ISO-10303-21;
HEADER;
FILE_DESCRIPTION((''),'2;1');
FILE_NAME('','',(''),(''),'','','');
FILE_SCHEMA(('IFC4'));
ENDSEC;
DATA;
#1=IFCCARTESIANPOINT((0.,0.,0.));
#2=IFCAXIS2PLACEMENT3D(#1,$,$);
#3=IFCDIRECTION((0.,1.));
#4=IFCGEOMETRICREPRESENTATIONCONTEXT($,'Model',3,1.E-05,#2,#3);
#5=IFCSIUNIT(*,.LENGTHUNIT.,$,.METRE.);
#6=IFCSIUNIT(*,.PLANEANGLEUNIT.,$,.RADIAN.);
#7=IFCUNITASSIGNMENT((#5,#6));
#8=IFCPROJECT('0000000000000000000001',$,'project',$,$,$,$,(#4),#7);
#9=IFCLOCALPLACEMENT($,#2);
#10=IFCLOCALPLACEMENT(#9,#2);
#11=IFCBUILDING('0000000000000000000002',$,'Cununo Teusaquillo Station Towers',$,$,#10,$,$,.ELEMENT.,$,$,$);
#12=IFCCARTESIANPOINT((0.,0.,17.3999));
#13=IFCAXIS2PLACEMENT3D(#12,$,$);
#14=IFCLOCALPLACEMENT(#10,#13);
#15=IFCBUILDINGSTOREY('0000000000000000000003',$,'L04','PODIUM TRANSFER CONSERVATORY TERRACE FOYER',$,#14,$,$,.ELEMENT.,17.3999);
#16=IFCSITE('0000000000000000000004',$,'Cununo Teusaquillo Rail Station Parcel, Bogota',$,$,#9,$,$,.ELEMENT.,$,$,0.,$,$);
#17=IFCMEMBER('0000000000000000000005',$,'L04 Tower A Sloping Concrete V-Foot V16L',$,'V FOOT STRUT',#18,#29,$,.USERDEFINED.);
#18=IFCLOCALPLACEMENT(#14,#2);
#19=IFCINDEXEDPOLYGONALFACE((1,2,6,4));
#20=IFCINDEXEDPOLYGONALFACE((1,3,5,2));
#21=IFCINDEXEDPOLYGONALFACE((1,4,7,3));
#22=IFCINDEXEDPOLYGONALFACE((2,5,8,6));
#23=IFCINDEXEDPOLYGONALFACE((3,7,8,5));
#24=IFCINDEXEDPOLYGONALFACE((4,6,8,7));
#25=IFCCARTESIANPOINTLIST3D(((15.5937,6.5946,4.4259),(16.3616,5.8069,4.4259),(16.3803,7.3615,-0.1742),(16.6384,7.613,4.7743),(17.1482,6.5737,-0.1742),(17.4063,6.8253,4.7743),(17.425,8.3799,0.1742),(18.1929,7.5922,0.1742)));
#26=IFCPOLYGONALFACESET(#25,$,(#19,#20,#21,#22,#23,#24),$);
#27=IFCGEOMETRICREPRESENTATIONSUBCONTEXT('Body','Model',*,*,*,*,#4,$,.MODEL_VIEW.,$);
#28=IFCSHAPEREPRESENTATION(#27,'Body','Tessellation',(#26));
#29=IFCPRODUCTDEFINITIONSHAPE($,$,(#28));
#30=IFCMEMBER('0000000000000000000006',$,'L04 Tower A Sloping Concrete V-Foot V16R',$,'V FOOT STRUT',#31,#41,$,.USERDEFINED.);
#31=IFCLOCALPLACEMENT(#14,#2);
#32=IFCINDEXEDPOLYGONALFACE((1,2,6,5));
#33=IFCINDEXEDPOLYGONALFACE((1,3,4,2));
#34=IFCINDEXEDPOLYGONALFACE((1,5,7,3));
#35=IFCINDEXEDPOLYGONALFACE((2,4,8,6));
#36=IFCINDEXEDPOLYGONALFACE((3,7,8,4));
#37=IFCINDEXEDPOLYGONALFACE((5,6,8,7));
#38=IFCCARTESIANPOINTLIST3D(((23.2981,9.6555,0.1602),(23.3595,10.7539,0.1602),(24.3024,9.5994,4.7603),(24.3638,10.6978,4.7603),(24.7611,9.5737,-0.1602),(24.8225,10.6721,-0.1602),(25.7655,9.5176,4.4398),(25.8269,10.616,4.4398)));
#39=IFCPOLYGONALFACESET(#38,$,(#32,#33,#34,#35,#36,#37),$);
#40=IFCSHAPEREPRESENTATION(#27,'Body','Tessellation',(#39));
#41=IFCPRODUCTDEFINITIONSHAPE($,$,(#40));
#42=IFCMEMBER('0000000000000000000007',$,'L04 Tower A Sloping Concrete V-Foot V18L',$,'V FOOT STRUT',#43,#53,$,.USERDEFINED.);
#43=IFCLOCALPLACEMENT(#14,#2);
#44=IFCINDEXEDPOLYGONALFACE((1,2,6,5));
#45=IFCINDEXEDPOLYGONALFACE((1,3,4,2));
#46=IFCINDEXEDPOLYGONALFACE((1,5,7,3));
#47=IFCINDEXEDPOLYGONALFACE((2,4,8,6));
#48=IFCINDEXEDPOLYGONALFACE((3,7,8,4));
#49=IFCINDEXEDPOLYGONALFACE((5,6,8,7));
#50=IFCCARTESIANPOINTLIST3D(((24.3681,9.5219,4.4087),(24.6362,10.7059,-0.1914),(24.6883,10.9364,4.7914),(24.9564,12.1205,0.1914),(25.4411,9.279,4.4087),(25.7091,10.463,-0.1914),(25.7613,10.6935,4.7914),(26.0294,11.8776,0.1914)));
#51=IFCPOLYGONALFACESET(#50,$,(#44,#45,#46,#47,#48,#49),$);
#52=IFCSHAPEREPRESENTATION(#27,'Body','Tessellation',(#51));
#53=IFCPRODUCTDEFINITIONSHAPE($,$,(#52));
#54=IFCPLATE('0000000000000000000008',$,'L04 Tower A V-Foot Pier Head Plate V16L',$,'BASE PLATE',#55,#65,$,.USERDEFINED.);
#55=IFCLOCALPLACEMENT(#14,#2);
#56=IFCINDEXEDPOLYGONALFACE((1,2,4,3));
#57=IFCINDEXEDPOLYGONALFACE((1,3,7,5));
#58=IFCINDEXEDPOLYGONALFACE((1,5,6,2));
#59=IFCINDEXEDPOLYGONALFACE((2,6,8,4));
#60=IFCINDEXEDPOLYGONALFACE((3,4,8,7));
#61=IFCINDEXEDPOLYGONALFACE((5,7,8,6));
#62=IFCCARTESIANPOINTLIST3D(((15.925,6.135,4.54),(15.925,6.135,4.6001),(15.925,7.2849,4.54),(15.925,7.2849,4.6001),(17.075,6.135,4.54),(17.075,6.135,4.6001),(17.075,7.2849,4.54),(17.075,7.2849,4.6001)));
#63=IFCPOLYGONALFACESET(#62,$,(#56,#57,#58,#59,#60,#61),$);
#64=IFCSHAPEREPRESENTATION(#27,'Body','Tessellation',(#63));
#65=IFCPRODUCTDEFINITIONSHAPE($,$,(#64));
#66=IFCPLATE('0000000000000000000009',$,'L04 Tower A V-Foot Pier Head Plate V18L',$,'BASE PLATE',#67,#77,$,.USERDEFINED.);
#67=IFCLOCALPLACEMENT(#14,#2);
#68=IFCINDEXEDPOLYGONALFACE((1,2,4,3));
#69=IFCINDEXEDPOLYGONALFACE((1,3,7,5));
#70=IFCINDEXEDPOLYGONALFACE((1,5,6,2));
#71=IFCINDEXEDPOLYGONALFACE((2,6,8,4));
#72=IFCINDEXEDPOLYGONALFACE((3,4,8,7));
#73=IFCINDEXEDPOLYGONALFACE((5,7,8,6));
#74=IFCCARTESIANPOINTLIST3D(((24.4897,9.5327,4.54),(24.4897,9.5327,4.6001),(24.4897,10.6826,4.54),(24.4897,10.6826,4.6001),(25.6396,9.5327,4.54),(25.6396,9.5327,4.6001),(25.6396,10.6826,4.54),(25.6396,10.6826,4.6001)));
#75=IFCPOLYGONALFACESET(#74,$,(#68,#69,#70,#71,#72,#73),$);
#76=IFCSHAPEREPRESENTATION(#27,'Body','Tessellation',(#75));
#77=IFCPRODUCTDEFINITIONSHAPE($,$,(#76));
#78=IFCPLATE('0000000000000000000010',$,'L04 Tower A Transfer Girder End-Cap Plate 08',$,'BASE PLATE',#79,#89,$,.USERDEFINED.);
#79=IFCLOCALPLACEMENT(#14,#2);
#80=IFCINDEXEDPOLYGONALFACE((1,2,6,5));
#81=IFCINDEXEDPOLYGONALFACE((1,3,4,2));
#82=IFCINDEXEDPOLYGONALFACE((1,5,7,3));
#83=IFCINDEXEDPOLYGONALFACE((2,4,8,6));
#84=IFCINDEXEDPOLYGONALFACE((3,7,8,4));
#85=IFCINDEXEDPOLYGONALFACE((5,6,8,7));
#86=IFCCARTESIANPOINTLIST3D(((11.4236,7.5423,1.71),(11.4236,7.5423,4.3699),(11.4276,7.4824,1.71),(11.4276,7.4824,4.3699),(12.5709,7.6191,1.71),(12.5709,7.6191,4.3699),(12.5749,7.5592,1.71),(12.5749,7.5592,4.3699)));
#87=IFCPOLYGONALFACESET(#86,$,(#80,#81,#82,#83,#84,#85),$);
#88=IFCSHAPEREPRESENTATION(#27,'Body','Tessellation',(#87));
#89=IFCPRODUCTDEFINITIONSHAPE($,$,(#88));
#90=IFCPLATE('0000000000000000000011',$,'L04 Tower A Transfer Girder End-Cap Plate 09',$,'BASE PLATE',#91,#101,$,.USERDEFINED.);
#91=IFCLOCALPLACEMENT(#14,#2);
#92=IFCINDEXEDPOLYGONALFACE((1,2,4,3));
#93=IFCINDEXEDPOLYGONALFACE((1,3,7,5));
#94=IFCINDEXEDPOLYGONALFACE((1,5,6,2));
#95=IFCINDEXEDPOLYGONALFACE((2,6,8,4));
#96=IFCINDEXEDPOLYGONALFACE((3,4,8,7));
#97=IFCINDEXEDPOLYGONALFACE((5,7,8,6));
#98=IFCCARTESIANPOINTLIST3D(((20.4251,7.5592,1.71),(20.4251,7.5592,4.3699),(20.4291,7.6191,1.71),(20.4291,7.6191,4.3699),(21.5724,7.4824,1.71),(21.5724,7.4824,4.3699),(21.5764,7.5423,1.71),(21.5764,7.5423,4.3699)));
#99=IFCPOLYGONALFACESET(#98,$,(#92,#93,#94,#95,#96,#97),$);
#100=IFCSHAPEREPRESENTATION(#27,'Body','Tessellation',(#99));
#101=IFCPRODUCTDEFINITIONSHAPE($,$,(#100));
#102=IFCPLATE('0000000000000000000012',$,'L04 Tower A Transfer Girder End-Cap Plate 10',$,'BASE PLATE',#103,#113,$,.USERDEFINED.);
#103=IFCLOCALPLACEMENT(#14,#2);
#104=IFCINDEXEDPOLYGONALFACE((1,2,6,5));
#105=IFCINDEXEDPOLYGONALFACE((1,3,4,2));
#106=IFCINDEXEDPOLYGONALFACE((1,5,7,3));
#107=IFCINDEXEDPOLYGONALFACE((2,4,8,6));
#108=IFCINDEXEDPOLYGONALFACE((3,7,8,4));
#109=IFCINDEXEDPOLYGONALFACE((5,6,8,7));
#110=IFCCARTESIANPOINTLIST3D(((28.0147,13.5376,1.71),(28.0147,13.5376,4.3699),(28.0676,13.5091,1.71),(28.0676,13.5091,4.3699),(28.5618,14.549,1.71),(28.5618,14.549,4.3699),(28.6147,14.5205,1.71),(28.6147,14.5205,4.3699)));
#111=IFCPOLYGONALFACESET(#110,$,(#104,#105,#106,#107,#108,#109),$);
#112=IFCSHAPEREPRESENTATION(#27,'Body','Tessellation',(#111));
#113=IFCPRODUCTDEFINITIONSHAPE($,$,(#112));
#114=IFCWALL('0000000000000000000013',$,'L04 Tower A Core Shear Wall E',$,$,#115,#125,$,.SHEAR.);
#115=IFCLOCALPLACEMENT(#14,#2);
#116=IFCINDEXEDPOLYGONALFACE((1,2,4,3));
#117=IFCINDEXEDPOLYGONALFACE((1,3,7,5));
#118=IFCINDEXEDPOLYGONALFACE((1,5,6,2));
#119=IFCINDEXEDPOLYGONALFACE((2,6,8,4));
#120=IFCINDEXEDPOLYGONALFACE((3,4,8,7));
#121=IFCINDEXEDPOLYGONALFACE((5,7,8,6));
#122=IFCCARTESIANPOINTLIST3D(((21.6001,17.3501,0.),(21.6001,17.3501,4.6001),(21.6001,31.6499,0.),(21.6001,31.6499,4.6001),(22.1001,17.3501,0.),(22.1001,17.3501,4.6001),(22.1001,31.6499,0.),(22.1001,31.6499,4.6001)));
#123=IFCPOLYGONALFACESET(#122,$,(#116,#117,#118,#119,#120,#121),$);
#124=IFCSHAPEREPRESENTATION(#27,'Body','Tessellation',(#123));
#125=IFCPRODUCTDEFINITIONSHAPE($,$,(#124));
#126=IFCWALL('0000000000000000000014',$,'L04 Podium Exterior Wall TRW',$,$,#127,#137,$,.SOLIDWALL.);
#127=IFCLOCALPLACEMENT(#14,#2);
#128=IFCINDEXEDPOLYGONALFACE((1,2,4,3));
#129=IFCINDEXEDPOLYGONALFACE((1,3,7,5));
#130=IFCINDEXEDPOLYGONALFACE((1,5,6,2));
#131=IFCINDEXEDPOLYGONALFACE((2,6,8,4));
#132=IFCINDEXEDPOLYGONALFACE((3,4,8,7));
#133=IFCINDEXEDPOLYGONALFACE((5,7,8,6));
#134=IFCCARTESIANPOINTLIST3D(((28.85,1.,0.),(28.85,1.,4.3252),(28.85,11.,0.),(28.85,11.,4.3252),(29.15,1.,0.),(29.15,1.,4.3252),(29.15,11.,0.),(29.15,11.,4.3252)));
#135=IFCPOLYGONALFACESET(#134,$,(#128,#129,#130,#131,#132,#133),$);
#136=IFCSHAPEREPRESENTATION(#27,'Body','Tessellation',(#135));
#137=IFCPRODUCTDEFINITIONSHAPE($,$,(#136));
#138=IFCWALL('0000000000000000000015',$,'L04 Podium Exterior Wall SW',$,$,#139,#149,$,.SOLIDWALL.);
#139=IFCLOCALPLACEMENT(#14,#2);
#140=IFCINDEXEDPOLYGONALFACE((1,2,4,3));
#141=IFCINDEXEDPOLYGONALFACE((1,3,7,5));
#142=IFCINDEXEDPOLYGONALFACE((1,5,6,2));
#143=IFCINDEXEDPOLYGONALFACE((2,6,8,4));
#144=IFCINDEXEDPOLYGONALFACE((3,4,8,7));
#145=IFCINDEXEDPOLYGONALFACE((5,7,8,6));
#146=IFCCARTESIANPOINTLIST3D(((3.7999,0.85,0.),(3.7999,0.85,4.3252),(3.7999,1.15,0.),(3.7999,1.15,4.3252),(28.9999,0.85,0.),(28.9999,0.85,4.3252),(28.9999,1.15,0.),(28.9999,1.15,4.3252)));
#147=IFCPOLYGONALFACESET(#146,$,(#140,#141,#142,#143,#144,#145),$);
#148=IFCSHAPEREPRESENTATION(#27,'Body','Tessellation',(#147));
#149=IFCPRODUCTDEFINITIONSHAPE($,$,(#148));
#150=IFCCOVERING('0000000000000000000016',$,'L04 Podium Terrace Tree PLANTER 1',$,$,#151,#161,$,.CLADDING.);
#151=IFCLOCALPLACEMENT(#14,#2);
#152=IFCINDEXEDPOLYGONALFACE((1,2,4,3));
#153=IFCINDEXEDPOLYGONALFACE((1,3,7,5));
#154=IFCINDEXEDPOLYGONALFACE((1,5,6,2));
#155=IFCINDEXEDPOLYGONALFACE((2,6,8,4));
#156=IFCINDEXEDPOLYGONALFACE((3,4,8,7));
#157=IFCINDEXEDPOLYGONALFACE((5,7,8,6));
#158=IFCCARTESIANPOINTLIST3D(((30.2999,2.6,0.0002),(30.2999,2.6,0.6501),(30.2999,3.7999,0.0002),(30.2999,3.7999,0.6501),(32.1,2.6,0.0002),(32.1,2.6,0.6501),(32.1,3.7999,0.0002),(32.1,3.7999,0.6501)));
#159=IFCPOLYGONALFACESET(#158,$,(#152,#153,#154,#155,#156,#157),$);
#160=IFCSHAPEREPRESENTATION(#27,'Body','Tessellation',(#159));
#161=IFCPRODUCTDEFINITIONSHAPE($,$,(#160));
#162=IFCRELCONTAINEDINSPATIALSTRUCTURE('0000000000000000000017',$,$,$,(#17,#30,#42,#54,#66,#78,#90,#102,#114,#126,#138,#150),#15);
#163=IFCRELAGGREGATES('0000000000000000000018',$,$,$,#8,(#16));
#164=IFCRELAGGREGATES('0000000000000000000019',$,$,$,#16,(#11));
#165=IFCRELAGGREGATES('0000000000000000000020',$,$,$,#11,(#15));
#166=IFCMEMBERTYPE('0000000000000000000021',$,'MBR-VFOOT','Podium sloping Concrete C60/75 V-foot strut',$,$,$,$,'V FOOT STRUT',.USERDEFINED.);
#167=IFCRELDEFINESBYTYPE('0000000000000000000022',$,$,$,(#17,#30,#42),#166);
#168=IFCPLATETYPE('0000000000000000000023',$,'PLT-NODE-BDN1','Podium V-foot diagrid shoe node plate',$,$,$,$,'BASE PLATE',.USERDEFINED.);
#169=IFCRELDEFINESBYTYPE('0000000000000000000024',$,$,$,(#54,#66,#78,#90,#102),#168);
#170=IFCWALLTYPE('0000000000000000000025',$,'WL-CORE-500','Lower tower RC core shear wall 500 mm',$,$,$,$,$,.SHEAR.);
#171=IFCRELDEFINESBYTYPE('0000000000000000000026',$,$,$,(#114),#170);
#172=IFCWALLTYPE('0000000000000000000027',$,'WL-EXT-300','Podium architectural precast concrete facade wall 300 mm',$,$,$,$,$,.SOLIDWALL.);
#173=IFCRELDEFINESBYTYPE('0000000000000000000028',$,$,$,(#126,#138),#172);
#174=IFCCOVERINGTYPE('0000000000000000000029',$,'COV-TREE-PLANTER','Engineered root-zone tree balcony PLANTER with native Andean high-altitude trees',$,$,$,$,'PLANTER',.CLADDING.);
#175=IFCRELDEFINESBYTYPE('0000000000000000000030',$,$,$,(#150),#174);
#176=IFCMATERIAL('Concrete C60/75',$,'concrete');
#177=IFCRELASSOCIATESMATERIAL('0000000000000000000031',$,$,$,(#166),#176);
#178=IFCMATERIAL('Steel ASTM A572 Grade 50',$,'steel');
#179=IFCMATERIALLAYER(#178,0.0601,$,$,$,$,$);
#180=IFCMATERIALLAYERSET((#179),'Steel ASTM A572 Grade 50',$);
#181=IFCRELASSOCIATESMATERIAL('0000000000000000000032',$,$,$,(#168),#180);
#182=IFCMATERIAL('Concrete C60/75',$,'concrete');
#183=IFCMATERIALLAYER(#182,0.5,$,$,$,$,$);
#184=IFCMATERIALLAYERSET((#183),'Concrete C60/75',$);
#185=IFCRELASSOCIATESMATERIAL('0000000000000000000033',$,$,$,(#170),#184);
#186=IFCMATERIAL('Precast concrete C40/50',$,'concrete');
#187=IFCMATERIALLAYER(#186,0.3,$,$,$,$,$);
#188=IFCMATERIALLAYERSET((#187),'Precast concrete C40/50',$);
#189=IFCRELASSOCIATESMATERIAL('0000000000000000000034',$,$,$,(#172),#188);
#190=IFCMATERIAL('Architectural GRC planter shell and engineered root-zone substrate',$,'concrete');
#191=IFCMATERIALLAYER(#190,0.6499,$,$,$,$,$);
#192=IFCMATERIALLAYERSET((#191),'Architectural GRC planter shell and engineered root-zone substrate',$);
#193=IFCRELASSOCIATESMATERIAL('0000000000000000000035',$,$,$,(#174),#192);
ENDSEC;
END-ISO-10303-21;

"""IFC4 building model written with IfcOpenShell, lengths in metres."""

from ifc_helpers import new_model, si_unit, direction, frame, frame_2d, origin, origin_2d, place, context, subcontext, project, spatial, rectangle, extrude, source, transform, mapped, material, layer, layer_set, material_profile, profile_set, type_object, element, save


model = new_model("IFC4")

# Units and contexts
model_context = context("Model", 3, precision=1e-05, world=origin(), true_north=direction((0.0, 1.0)))
body_context = subcontext(model_context, "Body", "Model", "MODEL_VIEW")
ifc_project = project(units=[si_unit("LENGTHUNIT", "METRE"), si_unit("PLANEANGLEUNIT", "RADIAN")], contexts=[model_context])

# Site, building, storey
site_placement = place(None, origin())
site = spatial("IfcSite", under=ifc_project, at=site_placement, Name="Cununo Teusaquillo Rail Station Parcel, Bogota", CompositionType="ELEMENT", RefElevation=0.0)
building_placement = place(site_placement, origin())
building = spatial("IfcBuilding", under=site, at=building_placement, Name="Cununo Teusaquillo Station Towers", CompositionType="ELEMENT")
storey_placement = place(building_placement, frame((0.0, 0.0, 17.3999)))
storey = spatial("IfcBuildingStorey", under=building, at=storey_placement, Name="L04", Description="PODIUM TRANSFER CONSERVATORY TERRACE FOYER", CompositionType="ELEMENT", Elevation=17.3999)

# Members
ifc_material_1 = material(Name="Concrete C60/75", Category="concrete")
ifc_material_profile_1 = material_profile(ifc_material_1, rectangle(XDim=1.1001, YDim=1.5, at=origin_2d()), Name="RC-RECT-1500x1100")
ifc_profile_set_1 = profile_set([ifc_material_profile_1], Name="Concrete C60/75")
member_type = type_object("IfcMemberType", Name="MBR-VFOOT", Description="Podium sloping Concrete C60/75 V-foot strut", ElementType="V FOOT STRUT", PredefinedType="USERDEFINED", material=ifc_profile_set_1)
member_1_placement = place(storey_placement, frame((17.2866, 7.4768, 0.0), z_axis=(-0.166324, -0.162143, 0.972649), x_axis=(0.698049, -0.71605, 0.0)))
element("IfcMember", 1, at=member_1_placement, inside=storey, type_object=member_type, Name="L04 Tower A Sloping Concrete V-Foot V16L", ObjectType="V FOOT STRUT", PredefinedType="USERDEFINED", context=body_context, shape_type="SweptSolid", body=[
    extrude(rectangle(XDim=1.1001, YDim=1.5, at=origin_2d()), origin(), (0.0, 0.0, 1.0), 4.7295),
])
member_2_placement = place(storey_placement, frame((24.0603, 10.1638, 0.0), z_axis=(0.213301, -0.011925, 0.976914), x_axis=(0.055819, 0.998441, 0.0)))
element("IfcMember", 2, at=member_2_placement, inside=storey, type_object=member_type, Name="L04 Tower A Sloping Concrete V-Foot V16R", ObjectType="V FOOT STRUT", PredefinedType="USERDEFINED", context=body_context, shape_type="SweptSolid", body=[
    extrude(rectangle(XDim=1.1001, YDim=1.5, at=origin_2d()), origin(), (0.0, 0.0, 1.0), 4.7087),
])
member_3_placement = place(storey_placement, frame((25.3328, 11.2917, 0.0), z_axis=(-0.056345, -0.248882, 0.966894), x_axis=(0.975318, -0.220804, 0.0)))
element("IfcMember", 3, at=member_3_placement, inside=storey, type_object=member_type, Name="L04 Tower A Sloping Concrete V-Foot V18L", ObjectType="V FOOT STRUT", PredefinedType="USERDEFINED", context=body_context, shape_type="SweptSolid", body=[
    extrude(rectangle(XDim=1.1001, YDim=1.5, at=origin_2d()), origin(), (0.0, 0.0, 1.0), 4.7576),
])

# Plates
ifc_material_2 = material(Name="Steel ASTM A572 Grade 50", Category="steel")
ifc_layer_1 = layer(ifc_material_2, 0.0601)
ifc_layer_set_1 = layer_set([ifc_layer_1], Name="Steel ASTM A572 Grade 50")
plate_type = type_object("IfcPlateType", Name="PLT-NODE-BDN1", Description="Podium V-foot diagrid shoe node plate", ElementType="BASE PLATE", PredefinedType="USERDEFINED", material=ifc_layer_set_1)
shared_shape_1 = source(origin(), body_context, "Body", "SweptSolid", [
    extrude(rectangle(XDim=1.1499, YDim=1.1499, at=origin_2d()), origin(), (0.0, 0.0, 1.0), 0.0601),
])
for number, where, z_axis, x_axis, name in (
    (4, (16.5, 6.71, 4.54), (0.0, 0.0, 1.0), (1.0, 0.0, 0.0), "L04 Tower A V-Foot Pier Head Plate V16L"),
    (5, (25.0647, 10.1077, 4.54), (0.0, 0.0, 1.0), (1.0, 0.0, 0.0), "L04 Tower A V-Foot Pier Head Plate V18L"),
):
    element("IfcPlate", number, at=place(storey_placement, frame(where, z_axis=z_axis, x_axis=x_axis)), inside=storey, type_object=plate_type, Name=name, ObjectType="BASE PLATE", PredefinedType="USERDEFINED", context=body_context, shape_type="MappedRepresentation", body=[
        mapped(shared_shape_1, transform((0.0, 0.0, 0.0), x_axis=(1.0, 0.0, 0.0), y_axis=(0.0, 1.0, 0.0), z_axis=(0.0, 0.0, 1.0), scale=1.0)),
    ])
shared_shape_2 = source(origin(), body_context, "Body", "SweptSolid", [
    extrude(rectangle(XDim=0.0601, YDim=1.1499, at=origin_2d()), origin(), (0.0, 0.0, 1.0), 2.6599),
])
for number, where, z_axis, x_axis, name in (
    (6, (11.9993, 7.5508, 1.71), (0.0, 0.0, 1.0), (0.066796, -0.997767, 0.0), "L04 Tower A Transfer Girder End-Cap Plate 08"),
    (7, (21.0007, 7.5508, 1.71), (0.0, 0.0, 1.0), (-0.066796, -0.997767, 0.0), "L04 Tower A Transfer Girder End-Cap Plate 09"),
    (8, (28.3147, 14.0291, 1.71), (0.0, 0.0, 1.0), (0.879566, -0.475778, 0.0), "L04 Tower A Transfer Girder End-Cap Plate 10"),
):
    element("IfcPlate", number, at=place(storey_placement, frame(where, z_axis=z_axis, x_axis=x_axis)), inside=storey, type_object=plate_type, Name=name, ObjectType="BASE PLATE", PredefinedType="USERDEFINED", context=body_context, shape_type="MappedRepresentation", body=[
        mapped(shared_shape_2, transform((0.0, 0.0, 0.0), x_axis=(1.0, 0.0, 0.0), y_axis=(0.0, 1.0, 0.0), z_axis=(0.0, 0.0, 1.0), scale=1.0)),
    ])

# Walls
ifc_material_3 = material(Name="Concrete C60/75", Category="concrete")
ifc_layer_2 = layer(ifc_material_3, 0.5)
ifc_layer_set_2 = layer_set([ifc_layer_2], Name="Concrete C60/75")
wall_type_1 = type_object("IfcWallType", Name="WL-CORE-500", Description="Lower tower RC core shear wall 500 mm", PredefinedType="SHEAR", material=ifc_layer_set_2)
wall_1_placement = place(storey_placement, frame((21.8501, 17.3501, 0.0), z_axis=(0.0, 0.0, 1.0), x_axis=(0.0, 1.0, 0.0)))
element("IfcWall", 9, at=wall_1_placement, inside=storey, type_object=wall_type_1, Name="L04 Tower A Core Shear Wall E", PredefinedType="SHEAR", context=body_context, shape_type="SweptSolid", body=[
    extrude(rectangle(XDim=14.2998, YDim=0.5, at=frame_2d((7.1499, 0.0))), origin(), (0.0, 0.0, 1.0), 4.6001),
])
ifc_material_4 = material(Name="Precast concrete C40/50", Category="concrete")
ifc_layer_3 = layer(ifc_material_4, 0.3)
ifc_layer_set_3 = layer_set([ifc_layer_3], Name="Precast concrete C40/50")
wall_type_2 = type_object("IfcWallType", Name="WL-EXT-300", Description="Podium architectural precast concrete facade wall 300 mm", PredefinedType="SOLIDWALL", material=ifc_layer_set_3)
wall_2_placement = place(storey_placement, frame((29.0, 11.0, 0.0), z_axis=(0.0, 0.0, 1.0), x_axis=(0.0, -1.0, 0.0)))
element("IfcWall", 10, at=wall_2_placement, inside=storey, type_object=wall_type_2, Name="L04 Podium Exterior Wall TRW", PredefinedType="SOLIDWALL", context=body_context, shape_type="SweptSolid", body=[
    extrude(rectangle(XDim=10.0, YDim=0.3, at=frame_2d((5.0, 0.0))), origin(), (0.0, 0.0, 1.0), 4.3252),
])
wall_3_placement = place(storey_placement, frame((29.0, 1.0, 0.0), z_axis=(0.0, 0.0, 1.0), x_axis=(-1.0, 0.0, 0.0)))
element("IfcWall", 11, at=wall_3_placement, inside=storey, type_object=wall_type_2, Name="L04 Podium Exterior Wall SW", PredefinedType="SOLIDWALL", context=body_context, shape_type="SweptSolid", body=[
    extrude(rectangle(XDim=25.2, YDim=0.3, at=frame_2d((12.6001, 0.0))), origin(), (0.0, 0.0, 1.0), 4.3252),
])

# Covering
ifc_material_5 = material(Name="Architectural GRC planter shell and engineered root-zone substrate", Category="concrete")
ifc_layer_4 = layer(ifc_material_5, 0.6499)
ifc_layer_set_4 = layer_set([ifc_layer_4], Name="Architectural GRC planter shell and engineered root-zone substrate")
covering_type = type_object("IfcCoveringType", Name="COV-TREE-PLANTER", Description="Engineered root-zone tree balcony PLANTER with native Andean high-altitude trees", ElementType="PLANTER", PredefinedType="CLADDING", material=ifc_layer_set_4)
shared_shape_3 = source(origin(), body_context, "Body", "SweptSolid", [
    extrude(rectangle(XDim=1.8, YDim=1.2, at=origin_2d()), origin(), (0.0, 0.0, 1.0), 0.6499),
])
covering_placement = place(storey_placement, frame((31.2, 3.2, 0.0002), z_axis=(0.0, 0.0, 1.0), x_axis=(1.0, 0.0, 0.0)))
element("IfcCovering", 12, at=covering_placement, inside=storey, type_object=covering_type, Name="L04 Podium Terrace Tree PLANTER 1", PredefinedType="CLADDING", context=body_context, shape_type="MappedRepresentation", body=[
    mapped(shared_shape_3, transform((0.0, 0.0, 0.0), x_axis=(1.0, 0.0, 0.0), y_axis=(0.0, 1.0, 0.0), z_axis=(0.0, 0.0, 1.0), scale=1.0)),
])

save(model, "model.ifc")
